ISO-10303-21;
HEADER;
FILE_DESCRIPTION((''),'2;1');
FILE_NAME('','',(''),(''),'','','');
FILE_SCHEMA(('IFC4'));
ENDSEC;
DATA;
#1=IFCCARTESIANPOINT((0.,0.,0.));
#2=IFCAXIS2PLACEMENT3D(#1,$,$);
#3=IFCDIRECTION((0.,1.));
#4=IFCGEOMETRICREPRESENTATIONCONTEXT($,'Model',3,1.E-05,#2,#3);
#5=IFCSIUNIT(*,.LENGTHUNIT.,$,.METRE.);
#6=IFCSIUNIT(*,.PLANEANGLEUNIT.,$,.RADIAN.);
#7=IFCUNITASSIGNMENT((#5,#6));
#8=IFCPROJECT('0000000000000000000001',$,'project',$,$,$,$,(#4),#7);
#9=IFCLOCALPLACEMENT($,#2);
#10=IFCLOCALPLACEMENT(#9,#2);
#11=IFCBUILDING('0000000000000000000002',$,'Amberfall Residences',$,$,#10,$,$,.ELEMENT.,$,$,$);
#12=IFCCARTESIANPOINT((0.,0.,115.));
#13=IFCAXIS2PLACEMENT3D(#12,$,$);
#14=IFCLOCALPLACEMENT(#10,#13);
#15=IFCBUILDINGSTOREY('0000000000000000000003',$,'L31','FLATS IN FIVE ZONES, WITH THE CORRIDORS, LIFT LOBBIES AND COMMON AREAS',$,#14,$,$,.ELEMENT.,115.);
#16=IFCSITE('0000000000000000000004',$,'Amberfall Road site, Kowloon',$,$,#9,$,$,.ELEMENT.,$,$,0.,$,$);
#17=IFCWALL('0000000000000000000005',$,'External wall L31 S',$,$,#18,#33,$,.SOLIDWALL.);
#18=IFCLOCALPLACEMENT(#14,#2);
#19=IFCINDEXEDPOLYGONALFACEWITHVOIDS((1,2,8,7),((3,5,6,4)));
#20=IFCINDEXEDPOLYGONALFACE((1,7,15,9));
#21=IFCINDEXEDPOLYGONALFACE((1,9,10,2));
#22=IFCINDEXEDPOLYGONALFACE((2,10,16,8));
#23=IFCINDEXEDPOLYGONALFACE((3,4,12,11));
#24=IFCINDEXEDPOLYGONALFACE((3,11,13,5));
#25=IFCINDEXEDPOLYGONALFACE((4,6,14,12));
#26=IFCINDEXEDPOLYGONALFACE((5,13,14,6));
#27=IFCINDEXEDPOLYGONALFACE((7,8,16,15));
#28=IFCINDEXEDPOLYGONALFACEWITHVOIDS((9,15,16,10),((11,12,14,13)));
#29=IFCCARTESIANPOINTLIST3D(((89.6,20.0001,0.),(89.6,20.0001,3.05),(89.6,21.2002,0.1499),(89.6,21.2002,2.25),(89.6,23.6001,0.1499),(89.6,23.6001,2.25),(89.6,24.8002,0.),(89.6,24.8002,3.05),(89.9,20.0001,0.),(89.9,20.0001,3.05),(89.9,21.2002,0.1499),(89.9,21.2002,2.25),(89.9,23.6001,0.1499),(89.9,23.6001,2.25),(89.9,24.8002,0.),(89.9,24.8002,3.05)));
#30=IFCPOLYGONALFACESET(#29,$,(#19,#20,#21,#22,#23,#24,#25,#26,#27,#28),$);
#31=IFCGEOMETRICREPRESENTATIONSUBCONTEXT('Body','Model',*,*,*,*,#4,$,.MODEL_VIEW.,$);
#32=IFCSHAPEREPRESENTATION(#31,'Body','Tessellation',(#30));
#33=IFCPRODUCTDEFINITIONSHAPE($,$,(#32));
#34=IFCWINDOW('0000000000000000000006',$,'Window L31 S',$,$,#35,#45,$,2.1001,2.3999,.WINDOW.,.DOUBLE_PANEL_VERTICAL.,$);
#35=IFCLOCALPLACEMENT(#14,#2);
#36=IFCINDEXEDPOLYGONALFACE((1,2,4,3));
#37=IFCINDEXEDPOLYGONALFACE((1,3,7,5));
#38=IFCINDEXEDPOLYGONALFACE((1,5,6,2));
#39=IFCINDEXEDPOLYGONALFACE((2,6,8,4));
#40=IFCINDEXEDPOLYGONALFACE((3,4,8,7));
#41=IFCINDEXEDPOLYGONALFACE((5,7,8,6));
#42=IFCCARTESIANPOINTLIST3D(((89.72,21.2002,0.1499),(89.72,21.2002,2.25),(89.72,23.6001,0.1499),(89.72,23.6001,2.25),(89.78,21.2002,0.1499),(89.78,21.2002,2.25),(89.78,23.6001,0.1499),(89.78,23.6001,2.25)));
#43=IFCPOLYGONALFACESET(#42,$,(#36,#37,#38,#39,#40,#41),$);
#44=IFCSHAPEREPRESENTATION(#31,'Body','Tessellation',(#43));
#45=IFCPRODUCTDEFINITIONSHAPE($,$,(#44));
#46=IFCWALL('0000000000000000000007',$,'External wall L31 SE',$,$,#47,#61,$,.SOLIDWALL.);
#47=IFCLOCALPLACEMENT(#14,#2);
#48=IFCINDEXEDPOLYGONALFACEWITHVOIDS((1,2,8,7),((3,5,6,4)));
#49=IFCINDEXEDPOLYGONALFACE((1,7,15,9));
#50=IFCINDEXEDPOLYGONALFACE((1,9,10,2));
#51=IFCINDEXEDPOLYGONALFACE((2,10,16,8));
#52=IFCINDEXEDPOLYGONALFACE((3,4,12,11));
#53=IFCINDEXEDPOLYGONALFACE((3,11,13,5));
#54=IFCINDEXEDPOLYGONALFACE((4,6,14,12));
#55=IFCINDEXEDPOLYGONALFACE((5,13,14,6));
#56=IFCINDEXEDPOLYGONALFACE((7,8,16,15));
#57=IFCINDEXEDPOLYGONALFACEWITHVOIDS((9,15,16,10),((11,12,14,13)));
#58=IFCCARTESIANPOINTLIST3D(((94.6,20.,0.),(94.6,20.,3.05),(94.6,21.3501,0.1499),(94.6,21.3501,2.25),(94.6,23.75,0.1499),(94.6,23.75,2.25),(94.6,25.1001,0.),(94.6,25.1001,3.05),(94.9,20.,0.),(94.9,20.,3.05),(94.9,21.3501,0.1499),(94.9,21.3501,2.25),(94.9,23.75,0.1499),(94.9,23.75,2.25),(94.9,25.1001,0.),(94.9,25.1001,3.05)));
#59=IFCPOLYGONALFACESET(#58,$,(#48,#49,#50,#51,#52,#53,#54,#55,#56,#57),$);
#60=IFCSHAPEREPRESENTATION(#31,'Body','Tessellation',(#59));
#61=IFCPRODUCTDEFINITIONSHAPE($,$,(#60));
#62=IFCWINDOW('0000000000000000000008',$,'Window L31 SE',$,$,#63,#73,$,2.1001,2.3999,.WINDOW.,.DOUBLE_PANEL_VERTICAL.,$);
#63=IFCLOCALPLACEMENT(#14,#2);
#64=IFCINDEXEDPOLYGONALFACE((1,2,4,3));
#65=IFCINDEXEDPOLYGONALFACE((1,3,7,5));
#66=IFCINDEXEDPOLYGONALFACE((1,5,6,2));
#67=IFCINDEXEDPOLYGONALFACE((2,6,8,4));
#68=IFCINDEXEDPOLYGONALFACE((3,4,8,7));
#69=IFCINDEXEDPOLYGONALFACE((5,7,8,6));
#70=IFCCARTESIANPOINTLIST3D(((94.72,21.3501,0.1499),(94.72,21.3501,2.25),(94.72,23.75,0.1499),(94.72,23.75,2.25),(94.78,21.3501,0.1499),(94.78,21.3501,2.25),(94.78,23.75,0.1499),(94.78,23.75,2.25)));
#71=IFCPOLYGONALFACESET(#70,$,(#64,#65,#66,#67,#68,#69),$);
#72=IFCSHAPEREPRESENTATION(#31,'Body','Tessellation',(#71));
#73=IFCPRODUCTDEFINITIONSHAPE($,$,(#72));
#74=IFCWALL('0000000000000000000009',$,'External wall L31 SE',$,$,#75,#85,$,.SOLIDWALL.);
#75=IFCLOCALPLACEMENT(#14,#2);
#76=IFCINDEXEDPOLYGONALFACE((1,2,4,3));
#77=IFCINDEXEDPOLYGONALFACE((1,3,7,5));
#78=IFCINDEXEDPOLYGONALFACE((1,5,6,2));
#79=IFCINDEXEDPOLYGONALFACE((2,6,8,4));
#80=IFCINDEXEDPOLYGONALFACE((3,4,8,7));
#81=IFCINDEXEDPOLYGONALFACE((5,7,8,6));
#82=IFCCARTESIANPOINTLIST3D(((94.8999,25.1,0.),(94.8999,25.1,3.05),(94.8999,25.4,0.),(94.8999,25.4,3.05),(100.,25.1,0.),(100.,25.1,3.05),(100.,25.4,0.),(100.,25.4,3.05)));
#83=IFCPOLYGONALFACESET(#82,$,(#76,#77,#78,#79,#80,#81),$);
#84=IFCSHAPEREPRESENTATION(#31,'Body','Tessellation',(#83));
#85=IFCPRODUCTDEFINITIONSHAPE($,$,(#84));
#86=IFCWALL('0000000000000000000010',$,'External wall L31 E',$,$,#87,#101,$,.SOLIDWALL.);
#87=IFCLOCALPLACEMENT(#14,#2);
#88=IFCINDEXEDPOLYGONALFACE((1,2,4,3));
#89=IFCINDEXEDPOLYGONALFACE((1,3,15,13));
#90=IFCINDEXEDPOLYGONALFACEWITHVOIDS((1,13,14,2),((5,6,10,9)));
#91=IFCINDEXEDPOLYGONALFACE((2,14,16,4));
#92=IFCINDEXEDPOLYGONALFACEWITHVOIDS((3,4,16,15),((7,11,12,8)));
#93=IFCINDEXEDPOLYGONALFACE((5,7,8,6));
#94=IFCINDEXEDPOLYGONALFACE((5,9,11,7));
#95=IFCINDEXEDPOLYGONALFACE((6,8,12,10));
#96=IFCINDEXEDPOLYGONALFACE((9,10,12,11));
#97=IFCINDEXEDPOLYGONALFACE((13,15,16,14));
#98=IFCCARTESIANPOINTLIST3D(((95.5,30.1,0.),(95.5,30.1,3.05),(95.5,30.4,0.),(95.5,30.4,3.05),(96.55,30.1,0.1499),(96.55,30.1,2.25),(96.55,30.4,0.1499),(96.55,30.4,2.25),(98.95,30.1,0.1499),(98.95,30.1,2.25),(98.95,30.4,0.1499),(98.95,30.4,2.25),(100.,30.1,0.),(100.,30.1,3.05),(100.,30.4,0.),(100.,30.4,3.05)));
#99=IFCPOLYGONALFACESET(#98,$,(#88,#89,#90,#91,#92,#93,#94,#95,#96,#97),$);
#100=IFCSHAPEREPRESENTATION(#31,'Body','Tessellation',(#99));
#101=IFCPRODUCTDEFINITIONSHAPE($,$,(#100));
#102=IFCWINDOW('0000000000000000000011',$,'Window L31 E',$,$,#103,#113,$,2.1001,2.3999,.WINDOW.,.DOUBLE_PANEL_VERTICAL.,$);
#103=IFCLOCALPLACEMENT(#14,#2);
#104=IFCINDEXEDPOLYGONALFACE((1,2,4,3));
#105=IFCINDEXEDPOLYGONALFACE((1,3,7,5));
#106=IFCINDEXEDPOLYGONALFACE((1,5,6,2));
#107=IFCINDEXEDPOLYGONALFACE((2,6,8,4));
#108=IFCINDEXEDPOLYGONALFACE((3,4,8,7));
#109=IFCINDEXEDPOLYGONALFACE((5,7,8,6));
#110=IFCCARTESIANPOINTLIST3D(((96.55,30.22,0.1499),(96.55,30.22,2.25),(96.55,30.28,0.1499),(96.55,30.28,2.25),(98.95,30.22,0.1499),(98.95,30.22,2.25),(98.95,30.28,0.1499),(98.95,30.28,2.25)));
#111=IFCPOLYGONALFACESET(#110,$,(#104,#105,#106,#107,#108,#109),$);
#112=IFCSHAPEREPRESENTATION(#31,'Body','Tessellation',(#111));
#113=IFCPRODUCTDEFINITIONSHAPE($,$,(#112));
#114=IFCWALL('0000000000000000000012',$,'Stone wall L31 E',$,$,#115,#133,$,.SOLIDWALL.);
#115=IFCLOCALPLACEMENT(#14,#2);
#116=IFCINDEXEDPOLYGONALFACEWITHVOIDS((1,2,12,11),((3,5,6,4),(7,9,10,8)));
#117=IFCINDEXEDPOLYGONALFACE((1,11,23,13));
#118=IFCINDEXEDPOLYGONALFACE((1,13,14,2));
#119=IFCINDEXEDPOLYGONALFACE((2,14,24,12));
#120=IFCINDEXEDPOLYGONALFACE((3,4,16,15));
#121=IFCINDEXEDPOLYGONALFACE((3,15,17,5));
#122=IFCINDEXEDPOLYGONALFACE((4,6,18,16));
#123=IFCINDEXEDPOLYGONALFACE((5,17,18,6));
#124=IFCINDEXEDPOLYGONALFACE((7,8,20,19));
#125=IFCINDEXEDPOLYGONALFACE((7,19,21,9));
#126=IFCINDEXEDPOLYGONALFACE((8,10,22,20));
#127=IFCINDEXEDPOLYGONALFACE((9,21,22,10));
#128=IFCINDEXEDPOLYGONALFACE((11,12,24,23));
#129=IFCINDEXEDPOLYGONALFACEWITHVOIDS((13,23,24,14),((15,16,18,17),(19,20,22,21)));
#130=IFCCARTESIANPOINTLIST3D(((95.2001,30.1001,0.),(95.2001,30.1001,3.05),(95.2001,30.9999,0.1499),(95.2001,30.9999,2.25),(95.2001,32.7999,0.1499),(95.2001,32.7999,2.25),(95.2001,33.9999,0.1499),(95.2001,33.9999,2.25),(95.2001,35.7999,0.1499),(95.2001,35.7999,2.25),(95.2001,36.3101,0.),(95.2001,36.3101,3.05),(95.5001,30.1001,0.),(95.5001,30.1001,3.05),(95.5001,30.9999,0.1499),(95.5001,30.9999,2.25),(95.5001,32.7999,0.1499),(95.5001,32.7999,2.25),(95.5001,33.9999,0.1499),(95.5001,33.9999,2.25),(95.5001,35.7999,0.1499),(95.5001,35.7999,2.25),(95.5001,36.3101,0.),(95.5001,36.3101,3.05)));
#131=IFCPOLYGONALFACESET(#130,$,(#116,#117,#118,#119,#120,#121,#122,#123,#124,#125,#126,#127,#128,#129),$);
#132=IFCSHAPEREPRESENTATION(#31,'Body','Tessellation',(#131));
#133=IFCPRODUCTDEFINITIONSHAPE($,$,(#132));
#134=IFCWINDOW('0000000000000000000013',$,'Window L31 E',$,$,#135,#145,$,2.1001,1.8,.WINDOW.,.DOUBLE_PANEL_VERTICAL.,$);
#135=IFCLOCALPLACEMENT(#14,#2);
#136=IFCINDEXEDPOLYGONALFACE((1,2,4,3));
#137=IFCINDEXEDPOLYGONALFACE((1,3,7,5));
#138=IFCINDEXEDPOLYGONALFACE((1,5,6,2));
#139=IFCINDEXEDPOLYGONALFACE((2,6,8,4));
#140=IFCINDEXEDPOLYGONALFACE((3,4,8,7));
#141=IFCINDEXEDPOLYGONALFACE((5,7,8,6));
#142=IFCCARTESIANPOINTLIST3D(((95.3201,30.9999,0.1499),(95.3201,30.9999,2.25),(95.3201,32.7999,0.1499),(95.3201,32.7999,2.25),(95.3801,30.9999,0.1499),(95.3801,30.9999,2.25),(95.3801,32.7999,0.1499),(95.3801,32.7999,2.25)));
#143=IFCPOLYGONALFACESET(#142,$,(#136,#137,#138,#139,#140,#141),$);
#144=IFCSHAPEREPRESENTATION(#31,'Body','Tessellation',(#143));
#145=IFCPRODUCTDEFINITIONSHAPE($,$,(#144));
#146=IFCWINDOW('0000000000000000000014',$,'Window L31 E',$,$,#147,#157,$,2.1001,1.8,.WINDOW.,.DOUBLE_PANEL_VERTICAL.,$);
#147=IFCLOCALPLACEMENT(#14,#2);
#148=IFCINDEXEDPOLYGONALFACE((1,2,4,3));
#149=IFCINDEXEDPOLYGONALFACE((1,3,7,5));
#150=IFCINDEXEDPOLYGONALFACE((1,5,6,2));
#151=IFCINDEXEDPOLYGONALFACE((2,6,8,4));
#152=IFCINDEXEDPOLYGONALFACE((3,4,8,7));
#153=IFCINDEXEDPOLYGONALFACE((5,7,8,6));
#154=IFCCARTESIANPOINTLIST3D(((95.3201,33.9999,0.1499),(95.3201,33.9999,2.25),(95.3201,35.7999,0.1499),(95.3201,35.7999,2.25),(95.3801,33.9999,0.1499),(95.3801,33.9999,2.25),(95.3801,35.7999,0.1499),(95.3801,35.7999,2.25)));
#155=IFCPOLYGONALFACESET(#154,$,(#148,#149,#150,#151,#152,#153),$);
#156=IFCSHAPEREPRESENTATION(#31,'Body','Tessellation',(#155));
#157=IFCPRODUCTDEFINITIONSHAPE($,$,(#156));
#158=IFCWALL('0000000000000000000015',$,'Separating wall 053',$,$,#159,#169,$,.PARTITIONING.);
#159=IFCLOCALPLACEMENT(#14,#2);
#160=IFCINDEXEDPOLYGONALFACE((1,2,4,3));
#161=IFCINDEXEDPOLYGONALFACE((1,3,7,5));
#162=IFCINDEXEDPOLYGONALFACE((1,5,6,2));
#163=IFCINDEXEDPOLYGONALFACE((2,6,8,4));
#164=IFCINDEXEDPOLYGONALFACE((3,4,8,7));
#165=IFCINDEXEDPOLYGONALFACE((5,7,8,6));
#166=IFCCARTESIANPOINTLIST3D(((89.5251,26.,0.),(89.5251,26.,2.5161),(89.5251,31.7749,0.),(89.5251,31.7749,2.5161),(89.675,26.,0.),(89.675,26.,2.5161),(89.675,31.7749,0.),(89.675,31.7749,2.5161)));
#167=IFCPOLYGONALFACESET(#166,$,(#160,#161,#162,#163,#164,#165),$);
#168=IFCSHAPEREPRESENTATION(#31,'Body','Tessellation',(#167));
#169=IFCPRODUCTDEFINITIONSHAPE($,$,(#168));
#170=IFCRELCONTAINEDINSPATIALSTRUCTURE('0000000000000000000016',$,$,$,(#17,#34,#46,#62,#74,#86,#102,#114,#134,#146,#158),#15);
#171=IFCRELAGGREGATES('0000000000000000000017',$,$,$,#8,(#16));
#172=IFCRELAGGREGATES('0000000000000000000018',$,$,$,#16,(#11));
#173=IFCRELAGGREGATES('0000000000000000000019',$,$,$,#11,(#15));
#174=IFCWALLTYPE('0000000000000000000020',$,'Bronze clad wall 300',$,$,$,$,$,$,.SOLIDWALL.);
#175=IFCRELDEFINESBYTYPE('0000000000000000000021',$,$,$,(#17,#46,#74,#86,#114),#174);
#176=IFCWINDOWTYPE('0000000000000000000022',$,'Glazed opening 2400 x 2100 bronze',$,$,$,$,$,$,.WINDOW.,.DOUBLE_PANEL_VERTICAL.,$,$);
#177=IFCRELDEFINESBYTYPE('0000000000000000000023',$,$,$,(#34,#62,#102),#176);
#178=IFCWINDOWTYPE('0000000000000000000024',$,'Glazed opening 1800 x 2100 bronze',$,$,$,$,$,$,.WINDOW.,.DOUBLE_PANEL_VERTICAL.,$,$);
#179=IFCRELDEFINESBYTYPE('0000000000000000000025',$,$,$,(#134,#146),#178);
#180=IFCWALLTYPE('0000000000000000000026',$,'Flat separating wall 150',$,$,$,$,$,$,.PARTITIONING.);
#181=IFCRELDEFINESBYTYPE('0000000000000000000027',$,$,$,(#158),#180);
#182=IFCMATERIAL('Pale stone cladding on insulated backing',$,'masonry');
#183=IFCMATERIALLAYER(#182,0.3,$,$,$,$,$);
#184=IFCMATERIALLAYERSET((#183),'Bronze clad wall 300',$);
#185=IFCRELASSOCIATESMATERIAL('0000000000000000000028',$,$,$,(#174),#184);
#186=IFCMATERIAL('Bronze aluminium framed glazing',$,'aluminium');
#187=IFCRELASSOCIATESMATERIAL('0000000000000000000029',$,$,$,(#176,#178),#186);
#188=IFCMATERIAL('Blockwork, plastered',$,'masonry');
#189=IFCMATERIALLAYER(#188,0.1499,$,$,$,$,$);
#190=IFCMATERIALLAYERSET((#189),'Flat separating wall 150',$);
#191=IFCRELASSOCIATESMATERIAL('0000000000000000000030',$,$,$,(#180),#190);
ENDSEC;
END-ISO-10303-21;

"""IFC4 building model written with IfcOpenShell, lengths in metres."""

from ifc_helpers import new_model, si_unit, direction, frame, frame_2d, origin, place, context, subcontext, project, spatial, rectangle, extrude, material, layer, layer_set, type_object, element, fill, save


model = new_model("IFC4")

# Units and contexts
model_context = context("Model", 3, precision=1e-05, world=origin(), true_north=direction((0.0, 1.0)))
body_context = subcontext(model_context, "Body", "Model", "MODEL_VIEW")
ifc_project = project(units=[si_unit("LENGTHUNIT", "METRE"), si_unit("PLANEANGLEUNIT", "RADIAN")], contexts=[model_context])

# Site, building, storey
site_placement = place(None, origin())
site = spatial("IfcSite", under=ifc_project, at=site_placement, Name="Amberfall Road site, Kowloon", CompositionType="ELEMENT", RefElevation=0.0)
building_placement = place(site_placement, origin())
building = spatial("IfcBuilding", under=site, at=building_placement, Name="Amberfall Residences", CompositionType="ELEMENT")
storey_placement = place(building_placement, frame((0.0, 0.0, 115.0)))
storey = spatial("IfcBuildingStorey", under=building, at=storey_placement, Name="L31", Description="FLATS IN FIVE ZONES, WITH THE CORRIDORS, LIFT LOBBIES AND COMMON AREAS", CompositionType="ELEMENT", Elevation=115.0)

# Walls, openings, windows
ifc_material_1 = material(Name="Pale stone cladding on insulated backing", Category="masonry")
ifc_layer_1 = layer(ifc_material_1, 0.3)
ifc_layer_set_1 = layer_set([ifc_layer_1], Name="Bronze clad wall 300")
wall_type_1 = type_object("IfcWallType", Name="Bronze clad wall 300", PredefinedType="SOLIDWALL", material=ifc_layer_set_1)
wall_1_placement = place(storey_placement, frame((89.75, 24.8, 0.0), z_axis=(0.0, 0.0, 1.0), x_axis=(0.0, -1.0, 0.0)))
wall_1 = element("IfcWall", 1, at=wall_1_placement, inside=storey, type_object=wall_type_1, Name="External wall L31 S", PredefinedType="SOLIDWALL", context=body_context, shape_type="SweptSolid", body=[
    extrude(rectangle(XDim=4.8, YDim=0.3, at=frame_2d((2.3999, 0.0))), origin(), (0.0, 0.0, 1.0), 3.05),
])
opening_1_placement = place(wall_1_placement, frame((1.2, 0.0, 0.1499)))
opening_1 = element("IfcOpeningElement", 2, at=opening_1_placement, cuts=wall_1, PredefinedType="OPENING", context=body_context, shape_type="SweptSolid", body=[
    extrude(rectangle(XDim=2.3999, YDim=2.1001, at=frame_2d((1.2, 1.05))), frame((0.0, 0.1599, 0.0), z_axis=(0.0, -1.0, 0.0), x_axis=(1.0, 0.0, 0.0)), (0.0, 0.0, 1.0), 0.3201),
])
ifc_material_2 = material(Name="Bronze aluminium framed glazing", Category="aluminium")
window_type_1 = type_object("IfcWindowType", Name="Glazed opening 2400 x 2100 bronze", PartitioningType="DOUBLE_PANEL_VERTICAL", PredefinedType="WINDOW", material=ifc_material_2)
window_1_placement = place(opening_1_placement, origin())
window_1 = element("IfcWindow", 3, at=window_1_placement, inside=storey, type_object=window_type_1, Name="Window L31 S", OverallHeight=2.1001, OverallWidth=2.3999, PartitioningType="DOUBLE_PANEL_VERTICAL", PredefinedType="WINDOW", context=body_context, shape_type="SweptSolid", body=[
    extrude(rectangle(XDim=2.3999, YDim=2.1001, at=frame_2d((1.2, 1.05))), frame((0.0, 0.03, 0.0), z_axis=(0.0, -1.0, 0.0), x_axis=(1.0, 0.0, 0.0)), (0.0, 0.0, 1.0), 0.0601),
])
fill(opening_1, window_1)
wall_2_placement = place(storey_placement, frame((94.75, 20.0, 0.0), z_axis=(0.0, 0.0, 1.0), x_axis=(0.0, 1.0, 0.0)))
wall_2 = element("IfcWall", 4, at=wall_2_placement, inside=storey, type_object=wall_type_1, Name="External wall L31 SE", PredefinedType="SOLIDWALL", context=body_context, shape_type="SweptSolid", body=[
    extrude(rectangle(XDim=5.1001, YDim=0.3, at=frame_2d((2.55, 0.0))), origin(), (0.0, 0.0, 1.0), 3.05),
])
opening_2_placement = place(wall_2_placement, frame((1.3501, 0.0, 0.1499)))
opening_2 = element("IfcOpeningElement", 5, at=opening_2_placement, cuts=wall_2, PredefinedType="OPENING", context=body_context, shape_type="SweptSolid", body=[
    extrude(rectangle(XDim=2.3999, YDim=2.1001, at=frame_2d((1.2, 1.05))), frame((0.0, 0.1599, 0.0), z_axis=(0.0, -1.0, 0.0), x_axis=(1.0, 0.0, 0.0)), (0.0, 0.0, 1.0), 0.3201),
])
window_2_placement = place(opening_2_placement, origin())
window_2 = element("IfcWindow", 6, at=window_2_placement, inside=storey, type_object=window_type_1, Name="Window L31 SE", OverallHeight=2.1001, OverallWidth=2.3999, PartitioningType="DOUBLE_PANEL_VERTICAL", PredefinedType="WINDOW", context=body_context, shape_type="SweptSolid", body=[
    extrude(rectangle(XDim=2.3999, YDim=2.1001, at=frame_2d((1.2, 1.05))), frame((0.0, 0.03, 0.0), z_axis=(0.0, -1.0, 0.0), x_axis=(1.0, 0.0, 0.0)), (0.0, 0.0, 1.0), 0.0601),
])
fill(opening_2, window_2)

# Wall
wall_3_placement = place(storey_placement, frame((94.8999, 25.25, 0.0), z_axis=(0.0, 0.0, 1.0), x_axis=(1.0, 0.0, 0.0)))
element("IfcWall", 7, at=wall_3_placement, inside=storey, type_object=wall_type_1, Name="External wall L31 SE", PredefinedType="SOLIDWALL", context=body_context, shape_type="SweptSolid", body=[
    extrude(rectangle(XDim=5.1001, YDim=0.3, at=frame_2d((2.55, 0.0))), origin(), (0.0, 0.0, 1.0), 3.05),
])

# Wall, opening, window
wall_4_placement = place(storey_placement, frame((100.0, 30.25, 0.0), z_axis=(0.0, 0.0, 1.0), x_axis=(-1.0, 0.0, 0.0)))
wall_4 = element("IfcWall", 8, at=wall_4_placement, inside=storey, type_object=wall_type_1, Name="External wall L31 E", PredefinedType="SOLIDWALL", context=body_context, shape_type="SweptSolid", body=[
    extrude(rectangle(XDim=4.5, YDim=0.3, at=frame_2d((2.25, 0.0))), origin(), (0.0, 0.0, 1.0), 3.05),
])
opening_3_placement = place(wall_4_placement, frame((1.05, 0.0, 0.1499)))
opening_3 = element("IfcOpeningElement", 9, at=opening_3_placement, cuts=wall_4, PredefinedType="OPENING", context=body_context, shape_type="SweptSolid", body=[
    extrude(rectangle(XDim=2.3999, YDim=2.1001, at=frame_2d((1.2, 1.05))), frame((0.0, 0.1599, 0.0), z_axis=(0.0, -1.0, 0.0), x_axis=(1.0, 0.0, 0.0)), (0.0, 0.0, 1.0), 0.3201),
])
window_3_placement = place(opening_3_placement, origin())
window_3 = element("IfcWindow", 10, at=window_3_placement, inside=storey, type_object=window_type_1, Name="Window L31 E", OverallHeight=2.1001, OverallWidth=2.3999, PartitioningType="DOUBLE_PANEL_VERTICAL", PredefinedType="WINDOW", context=body_context, shape_type="SweptSolid", body=[
    extrude(rectangle(XDim=2.3999, YDim=2.1001, at=frame_2d((1.2, 1.05))), frame((0.0, 0.03, 0.0), z_axis=(0.0, -1.0, 0.0), x_axis=(1.0, 0.0, 0.0)), (0.0, 0.0, 1.0), 0.0601),
])
fill(opening_3, window_3)

# Wall, openings, windows
wall_5_placement = place(storey_placement, frame((95.3501, 30.1001, 0.0), z_axis=(0.0, 0.0, 1.0), x_axis=(0.0, 1.0, 0.0)))
wall_5 = element("IfcWall", 11, at=wall_5_placement, inside=storey, type_object=wall_type_1, Name="Stone wall L31 E", PredefinedType="SOLIDWALL", context=body_context, shape_type="SweptSolid", body=[
    extrude(rectangle(XDim=6.21, YDim=0.3, at=frame_2d((3.105, 0.0))), origin(), (0.0, 0.0, 1.0), 3.05),
])
opening_4_placement = place(wall_5_placement, frame((0.8999, 0.0, 0.1499)))
opening_4 = element("IfcOpeningElement", 12, at=opening_4_placement, cuts=wall_5, PredefinedType="OPENING", context=body_context, shape_type="SweptSolid", body=[
    extrude(rectangle(XDim=1.8, YDim=2.1001, at=frame_2d((0.8999, 1.05))), frame((0.0, 0.1599, 0.0), z_axis=(0.0, -1.0, 0.0), x_axis=(1.0, 0.0, 0.0)), (0.0, 0.0, 1.0), 0.3201),
])
opening_5_placement = place(wall_5_placement, frame((3.8999, 0.0, 0.1499)))
opening_5 = element("IfcOpeningElement", 13, at=opening_5_placement, cuts=wall_5, PredefinedType="OPENING", context=body_context, shape_type="SweptSolid", body=[
    extrude(rectangle(XDim=1.8, YDim=2.1001, at=frame_2d((0.8999, 1.05))), frame((0.0, 0.1599, 0.0), z_axis=(0.0, -1.0, 0.0), x_axis=(1.0, 0.0, 0.0)), (0.0, 0.0, 1.0), 0.3201),
])
window_type_2 = type_object("IfcWindowType", Name="Glazed opening 1800 x 2100 bronze", PartitioningType="DOUBLE_PANEL_VERTICAL", PredefinedType="WINDOW", material=ifc_material_2)
window_4_placement = place(opening_4_placement, origin())
window_4 = element("IfcWindow", 14, at=window_4_placement, inside=storey, type_object=window_type_2, Name="Window L31 E", OverallHeight=2.1001, OverallWidth=1.8, PartitioningType="DOUBLE_PANEL_VERTICAL", PredefinedType="WINDOW", context=body_context, shape_type="SweptSolid", body=[
    extrude(rectangle(XDim=1.8, YDim=2.1001, at=frame_2d((0.8999, 1.05))), frame((0.0, 0.03, 0.0), z_axis=(0.0, -1.0, 0.0), x_axis=(1.0, 0.0, 0.0)), (0.0, 0.0, 1.0), 0.0601),
])
fill(opening_4, window_4)
window_5_placement = place(opening_5_placement, origin())
window_5 = element("IfcWindow", 15, at=window_5_placement, inside=storey, type_object=window_type_2, Name="Window L31 E", OverallHeight=2.1001, OverallWidth=1.8, PartitioningType="DOUBLE_PANEL_VERTICAL", PredefinedType="WINDOW", context=body_context, shape_type="SweptSolid", body=[
    extrude(rectangle(XDim=1.8, YDim=2.1001, at=frame_2d((0.8999, 1.05))), frame((0.0, 0.03, 0.0), z_axis=(0.0, -1.0, 0.0), x_axis=(1.0, 0.0, 0.0)), (0.0, 0.0, 1.0), 0.0601),
])
fill(opening_5, window_5)

# Wall
ifc_material_3 = material(Name="Blockwork, plastered", Category="masonry")
ifc_layer_2 = layer(ifc_material_3, 0.1499)
ifc_layer_set_2 = layer_set([ifc_layer_2], Name="Flat separating wall 150")
wall_type_2 = type_object("IfcWallType", Name="Flat separating wall 150", PredefinedType="PARTITIONING", material=ifc_layer_set_2)
wall_6_placement = place(storey_placement, frame((89.6001, 26.0, 0.0), z_axis=(0.0, 0.0, 1.0), x_axis=(0.0, 1.0, 0.0)))
element("IfcWall", 16, at=wall_6_placement, inside=storey, type_object=wall_type_2, Name="Separating wall 053", PredefinedType="PARTITIONING", context=body_context, shape_type="SweptSolid", body=[
    extrude(rectangle(XDim=5.7749, YDim=0.1499, at=frame_2d((2.8875, 0.0))), origin(), (0.0, 0.0, 1.0), 2.5161),
])

save(model, "model.ifc")
